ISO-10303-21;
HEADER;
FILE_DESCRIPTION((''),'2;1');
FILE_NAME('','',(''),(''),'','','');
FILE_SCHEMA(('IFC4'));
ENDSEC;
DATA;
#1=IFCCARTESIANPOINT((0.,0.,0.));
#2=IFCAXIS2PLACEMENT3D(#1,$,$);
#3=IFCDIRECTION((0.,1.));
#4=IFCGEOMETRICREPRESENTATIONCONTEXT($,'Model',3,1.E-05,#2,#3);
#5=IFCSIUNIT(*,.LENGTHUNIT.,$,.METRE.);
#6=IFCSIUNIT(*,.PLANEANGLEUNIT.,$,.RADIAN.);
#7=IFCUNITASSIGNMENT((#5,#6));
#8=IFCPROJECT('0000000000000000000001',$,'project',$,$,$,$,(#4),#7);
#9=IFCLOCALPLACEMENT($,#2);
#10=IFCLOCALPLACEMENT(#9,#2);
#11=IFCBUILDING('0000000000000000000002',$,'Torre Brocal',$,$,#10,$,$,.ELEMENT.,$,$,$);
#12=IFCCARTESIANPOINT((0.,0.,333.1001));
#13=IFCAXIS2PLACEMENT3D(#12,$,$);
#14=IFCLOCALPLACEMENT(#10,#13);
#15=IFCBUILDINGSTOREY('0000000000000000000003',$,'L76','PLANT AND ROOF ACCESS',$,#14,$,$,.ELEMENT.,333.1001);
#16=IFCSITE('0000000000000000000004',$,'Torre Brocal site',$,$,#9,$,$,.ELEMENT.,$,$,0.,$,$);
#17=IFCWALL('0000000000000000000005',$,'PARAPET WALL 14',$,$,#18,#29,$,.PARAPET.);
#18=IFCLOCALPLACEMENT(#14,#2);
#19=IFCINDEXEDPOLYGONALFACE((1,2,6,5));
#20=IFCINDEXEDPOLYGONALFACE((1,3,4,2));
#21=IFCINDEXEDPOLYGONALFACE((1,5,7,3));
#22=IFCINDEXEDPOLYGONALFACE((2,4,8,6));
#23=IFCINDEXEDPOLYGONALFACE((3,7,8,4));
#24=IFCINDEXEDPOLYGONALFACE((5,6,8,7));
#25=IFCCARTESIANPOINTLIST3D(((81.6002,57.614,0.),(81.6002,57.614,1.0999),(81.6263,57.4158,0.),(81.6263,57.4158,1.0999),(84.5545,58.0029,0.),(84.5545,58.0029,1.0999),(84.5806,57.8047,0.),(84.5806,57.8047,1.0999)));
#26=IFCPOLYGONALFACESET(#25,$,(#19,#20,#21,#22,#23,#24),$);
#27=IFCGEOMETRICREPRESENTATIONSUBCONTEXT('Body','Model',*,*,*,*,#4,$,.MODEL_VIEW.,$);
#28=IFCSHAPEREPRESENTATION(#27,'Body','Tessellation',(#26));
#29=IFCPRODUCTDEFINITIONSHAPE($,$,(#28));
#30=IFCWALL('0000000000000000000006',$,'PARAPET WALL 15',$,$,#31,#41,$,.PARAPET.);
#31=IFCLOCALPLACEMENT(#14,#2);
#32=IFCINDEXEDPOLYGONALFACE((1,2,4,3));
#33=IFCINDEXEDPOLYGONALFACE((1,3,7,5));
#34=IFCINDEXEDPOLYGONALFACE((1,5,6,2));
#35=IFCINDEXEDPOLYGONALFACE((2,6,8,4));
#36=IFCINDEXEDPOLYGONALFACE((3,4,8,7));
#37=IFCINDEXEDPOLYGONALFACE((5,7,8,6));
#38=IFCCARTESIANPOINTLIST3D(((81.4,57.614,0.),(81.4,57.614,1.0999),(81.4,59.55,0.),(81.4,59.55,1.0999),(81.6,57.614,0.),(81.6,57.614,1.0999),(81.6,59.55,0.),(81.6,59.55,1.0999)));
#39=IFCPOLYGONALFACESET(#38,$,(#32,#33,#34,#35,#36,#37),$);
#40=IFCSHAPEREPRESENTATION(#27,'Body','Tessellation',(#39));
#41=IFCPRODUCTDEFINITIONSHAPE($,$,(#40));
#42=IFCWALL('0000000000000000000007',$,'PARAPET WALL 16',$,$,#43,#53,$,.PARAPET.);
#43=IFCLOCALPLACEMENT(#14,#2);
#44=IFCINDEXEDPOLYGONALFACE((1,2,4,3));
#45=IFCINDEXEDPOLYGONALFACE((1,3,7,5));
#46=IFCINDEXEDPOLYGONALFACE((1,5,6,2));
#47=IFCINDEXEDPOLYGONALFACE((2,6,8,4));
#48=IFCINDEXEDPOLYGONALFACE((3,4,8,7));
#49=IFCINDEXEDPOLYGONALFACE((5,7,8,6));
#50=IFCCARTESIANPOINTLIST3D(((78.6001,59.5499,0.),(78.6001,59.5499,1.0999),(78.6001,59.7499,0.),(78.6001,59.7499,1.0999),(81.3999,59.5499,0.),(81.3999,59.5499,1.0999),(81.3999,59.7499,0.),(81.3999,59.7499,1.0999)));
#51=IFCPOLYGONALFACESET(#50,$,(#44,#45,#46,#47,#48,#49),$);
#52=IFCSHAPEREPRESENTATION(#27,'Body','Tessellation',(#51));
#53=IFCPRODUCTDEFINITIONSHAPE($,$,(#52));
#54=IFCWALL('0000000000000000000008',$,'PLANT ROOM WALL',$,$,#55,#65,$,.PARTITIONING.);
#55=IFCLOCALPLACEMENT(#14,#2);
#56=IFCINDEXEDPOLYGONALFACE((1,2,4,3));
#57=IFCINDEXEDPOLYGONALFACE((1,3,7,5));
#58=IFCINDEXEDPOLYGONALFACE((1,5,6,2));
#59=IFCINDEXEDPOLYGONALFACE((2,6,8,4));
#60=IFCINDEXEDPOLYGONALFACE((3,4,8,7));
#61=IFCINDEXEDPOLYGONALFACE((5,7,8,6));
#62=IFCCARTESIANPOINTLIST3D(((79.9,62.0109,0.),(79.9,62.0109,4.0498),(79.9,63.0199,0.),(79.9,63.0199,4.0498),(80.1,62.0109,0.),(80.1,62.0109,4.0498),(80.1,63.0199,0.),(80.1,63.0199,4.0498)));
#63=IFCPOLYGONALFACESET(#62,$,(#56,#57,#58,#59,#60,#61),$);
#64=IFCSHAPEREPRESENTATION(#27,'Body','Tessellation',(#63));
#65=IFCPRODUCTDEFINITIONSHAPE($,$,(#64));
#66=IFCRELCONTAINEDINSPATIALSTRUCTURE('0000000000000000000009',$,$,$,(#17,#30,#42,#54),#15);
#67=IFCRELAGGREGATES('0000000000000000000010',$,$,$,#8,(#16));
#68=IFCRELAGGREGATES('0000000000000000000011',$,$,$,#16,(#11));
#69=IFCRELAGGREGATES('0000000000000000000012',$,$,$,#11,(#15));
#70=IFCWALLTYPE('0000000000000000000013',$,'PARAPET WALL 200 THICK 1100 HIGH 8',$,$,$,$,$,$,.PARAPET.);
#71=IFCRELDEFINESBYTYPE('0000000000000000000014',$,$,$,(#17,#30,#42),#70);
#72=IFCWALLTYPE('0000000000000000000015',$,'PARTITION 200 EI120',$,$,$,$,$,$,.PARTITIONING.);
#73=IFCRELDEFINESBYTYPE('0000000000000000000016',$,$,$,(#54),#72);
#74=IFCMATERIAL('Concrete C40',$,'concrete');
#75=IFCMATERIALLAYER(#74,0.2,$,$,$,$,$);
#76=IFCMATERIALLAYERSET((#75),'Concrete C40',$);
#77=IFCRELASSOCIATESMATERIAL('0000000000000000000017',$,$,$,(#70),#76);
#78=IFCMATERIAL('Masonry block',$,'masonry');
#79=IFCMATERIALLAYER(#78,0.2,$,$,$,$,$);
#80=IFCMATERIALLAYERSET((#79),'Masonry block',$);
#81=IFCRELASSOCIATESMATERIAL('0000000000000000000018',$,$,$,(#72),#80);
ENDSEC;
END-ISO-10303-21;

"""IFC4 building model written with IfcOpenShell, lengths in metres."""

from ifc_helpers import new_model, si_unit, direction, frame, frame_2d, origin, place, context, subcontext, project, spatial, rectangle, extrude, material, layer, layer_set, type_object, element, save


model = new_model("IFC4")

# Units and contexts
model_context = context("Model", 3, precision=1e-05, world=origin(), true_north=direction((0.0, 1.0)))
body_context = subcontext(model_context, "Body", "Model", "MODEL_VIEW")
ifc_project = project(units=[si_unit("LENGTHUNIT", "METRE"), si_unit("PLANEANGLEUNIT", "RADIAN")], contexts=[model_context])

# Site, building, storey
site_placement = place(None, origin())
site = spatial("IfcSite", under=ifc_project, at=site_placement, Name="Torre Brocal site", CompositionType="ELEMENT", RefElevation=0.0)
building_placement = place(site_placement, origin())
building = spatial("IfcBuilding", under=site, at=building_placement, Name="Torre Brocal", CompositionType="ELEMENT")
storey_placement = place(building_placement, frame((0.0, 0.0, 333.1001)))
storey = spatial("IfcBuildingStorey", under=building, at=storey_placement, Name="L76", Description="PLANT AND ROOF ACCESS", CompositionType="ELEMENT", Elevation=333.1001)

# Walls
ifc_material_1 = material(Name="Concrete C40", Category="concrete")
ifc_layer_1 = layer(ifc_material_1, 0.2)
ifc_layer_set_1 = layer_set([ifc_layer_1], Name="Concrete C40")
wall_type_1 = type_object("IfcWallType", Name="PARAPET WALL 200 THICK 1100 HIGH 8", PredefinedType="PARAPET", material=ifc_layer_set_1)
wall_1_placement = place(storey_placement, frame((84.5674, 57.9038, 0.0), z_axis=(0.0, 0.0, 1.0), x_axis=(-0.991446, -0.130516, 0.0)))
element("IfcWall", 1, at=wall_1_placement, inside=storey, type_object=wall_type_1, Name="PARAPET WALL 14", PredefinedType="PARAPET", context=body_context, shape_type="SweptSolid", body=[
    extrude(rectangle(XDim=2.9797, YDim=0.2, at=frame_2d((1.4897, 0.0))), origin(), (0.0, 0.0, 1.0), 1.0999),
])
wall_2_placement = place(storey_placement, frame((81.5, 57.614, 0.0), z_axis=(0.0, 0.0, 1.0), x_axis=(0.0, 1.0, 0.0)))
element("IfcWall", 2, at=wall_2_placement, inside=storey, type_object=wall_type_1, Name="PARAPET WALL 15", PredefinedType="PARAPET", context=body_context, shape_type="SweptSolid", body=[
    extrude(rectangle(XDim=1.936, YDim=0.2, at=frame_2d((0.968, 0.0))), origin(), (0.0, 0.0, 1.0), 1.0999),
])
wall_3_placement = place(storey_placement, frame((81.3999, 59.6499, 0.0), z_axis=(0.0, 0.0, 1.0), x_axis=(-1.0, 0.0, 0.0)))
element("IfcWall", 3, at=wall_3_placement, inside=storey, type_object=wall_type_1, Name="PARAPET WALL 16", PredefinedType="PARAPET", context=body_context, shape_type="SweptSolid", body=[
    extrude(rectangle(XDim=2.7998, YDim=0.2, at=frame_2d((1.3999, 0.0))), origin(), (0.0, 0.0, 1.0), 1.0999),
])
ifc_material_2 = material(Name="Masonry block", Category="masonry")
ifc_layer_2 = layer(ifc_material_2, 0.2)
ifc_layer_set_2 = layer_set([ifc_layer_2], Name="Masonry block")
wall_type_2 = type_object("IfcWallType", Name="PARTITION 200 EI120", PredefinedType="PARTITIONING", material=ifc_layer_set_2)
wall_4_placement = place(storey_placement, frame((80.0, 62.011, 0.0), z_axis=(0.0, 0.0, 1.0), x_axis=(0.0, 1.0, 0.0)))
element("IfcWall", 4, at=wall_4_placement, inside=storey, type_object=wall_type_2, Name="PLANT ROOM WALL", PredefinedType="PARTITIONING", context=body_context, shape_type="SweptSolid", body=[
    extrude(rectangle(XDim=1.009, YDim=0.2, at=frame_2d((0.5044, 0.0))), origin(), (0.0, 0.0, 1.0), 4.0498),
])

save(model, "model.ifc")
